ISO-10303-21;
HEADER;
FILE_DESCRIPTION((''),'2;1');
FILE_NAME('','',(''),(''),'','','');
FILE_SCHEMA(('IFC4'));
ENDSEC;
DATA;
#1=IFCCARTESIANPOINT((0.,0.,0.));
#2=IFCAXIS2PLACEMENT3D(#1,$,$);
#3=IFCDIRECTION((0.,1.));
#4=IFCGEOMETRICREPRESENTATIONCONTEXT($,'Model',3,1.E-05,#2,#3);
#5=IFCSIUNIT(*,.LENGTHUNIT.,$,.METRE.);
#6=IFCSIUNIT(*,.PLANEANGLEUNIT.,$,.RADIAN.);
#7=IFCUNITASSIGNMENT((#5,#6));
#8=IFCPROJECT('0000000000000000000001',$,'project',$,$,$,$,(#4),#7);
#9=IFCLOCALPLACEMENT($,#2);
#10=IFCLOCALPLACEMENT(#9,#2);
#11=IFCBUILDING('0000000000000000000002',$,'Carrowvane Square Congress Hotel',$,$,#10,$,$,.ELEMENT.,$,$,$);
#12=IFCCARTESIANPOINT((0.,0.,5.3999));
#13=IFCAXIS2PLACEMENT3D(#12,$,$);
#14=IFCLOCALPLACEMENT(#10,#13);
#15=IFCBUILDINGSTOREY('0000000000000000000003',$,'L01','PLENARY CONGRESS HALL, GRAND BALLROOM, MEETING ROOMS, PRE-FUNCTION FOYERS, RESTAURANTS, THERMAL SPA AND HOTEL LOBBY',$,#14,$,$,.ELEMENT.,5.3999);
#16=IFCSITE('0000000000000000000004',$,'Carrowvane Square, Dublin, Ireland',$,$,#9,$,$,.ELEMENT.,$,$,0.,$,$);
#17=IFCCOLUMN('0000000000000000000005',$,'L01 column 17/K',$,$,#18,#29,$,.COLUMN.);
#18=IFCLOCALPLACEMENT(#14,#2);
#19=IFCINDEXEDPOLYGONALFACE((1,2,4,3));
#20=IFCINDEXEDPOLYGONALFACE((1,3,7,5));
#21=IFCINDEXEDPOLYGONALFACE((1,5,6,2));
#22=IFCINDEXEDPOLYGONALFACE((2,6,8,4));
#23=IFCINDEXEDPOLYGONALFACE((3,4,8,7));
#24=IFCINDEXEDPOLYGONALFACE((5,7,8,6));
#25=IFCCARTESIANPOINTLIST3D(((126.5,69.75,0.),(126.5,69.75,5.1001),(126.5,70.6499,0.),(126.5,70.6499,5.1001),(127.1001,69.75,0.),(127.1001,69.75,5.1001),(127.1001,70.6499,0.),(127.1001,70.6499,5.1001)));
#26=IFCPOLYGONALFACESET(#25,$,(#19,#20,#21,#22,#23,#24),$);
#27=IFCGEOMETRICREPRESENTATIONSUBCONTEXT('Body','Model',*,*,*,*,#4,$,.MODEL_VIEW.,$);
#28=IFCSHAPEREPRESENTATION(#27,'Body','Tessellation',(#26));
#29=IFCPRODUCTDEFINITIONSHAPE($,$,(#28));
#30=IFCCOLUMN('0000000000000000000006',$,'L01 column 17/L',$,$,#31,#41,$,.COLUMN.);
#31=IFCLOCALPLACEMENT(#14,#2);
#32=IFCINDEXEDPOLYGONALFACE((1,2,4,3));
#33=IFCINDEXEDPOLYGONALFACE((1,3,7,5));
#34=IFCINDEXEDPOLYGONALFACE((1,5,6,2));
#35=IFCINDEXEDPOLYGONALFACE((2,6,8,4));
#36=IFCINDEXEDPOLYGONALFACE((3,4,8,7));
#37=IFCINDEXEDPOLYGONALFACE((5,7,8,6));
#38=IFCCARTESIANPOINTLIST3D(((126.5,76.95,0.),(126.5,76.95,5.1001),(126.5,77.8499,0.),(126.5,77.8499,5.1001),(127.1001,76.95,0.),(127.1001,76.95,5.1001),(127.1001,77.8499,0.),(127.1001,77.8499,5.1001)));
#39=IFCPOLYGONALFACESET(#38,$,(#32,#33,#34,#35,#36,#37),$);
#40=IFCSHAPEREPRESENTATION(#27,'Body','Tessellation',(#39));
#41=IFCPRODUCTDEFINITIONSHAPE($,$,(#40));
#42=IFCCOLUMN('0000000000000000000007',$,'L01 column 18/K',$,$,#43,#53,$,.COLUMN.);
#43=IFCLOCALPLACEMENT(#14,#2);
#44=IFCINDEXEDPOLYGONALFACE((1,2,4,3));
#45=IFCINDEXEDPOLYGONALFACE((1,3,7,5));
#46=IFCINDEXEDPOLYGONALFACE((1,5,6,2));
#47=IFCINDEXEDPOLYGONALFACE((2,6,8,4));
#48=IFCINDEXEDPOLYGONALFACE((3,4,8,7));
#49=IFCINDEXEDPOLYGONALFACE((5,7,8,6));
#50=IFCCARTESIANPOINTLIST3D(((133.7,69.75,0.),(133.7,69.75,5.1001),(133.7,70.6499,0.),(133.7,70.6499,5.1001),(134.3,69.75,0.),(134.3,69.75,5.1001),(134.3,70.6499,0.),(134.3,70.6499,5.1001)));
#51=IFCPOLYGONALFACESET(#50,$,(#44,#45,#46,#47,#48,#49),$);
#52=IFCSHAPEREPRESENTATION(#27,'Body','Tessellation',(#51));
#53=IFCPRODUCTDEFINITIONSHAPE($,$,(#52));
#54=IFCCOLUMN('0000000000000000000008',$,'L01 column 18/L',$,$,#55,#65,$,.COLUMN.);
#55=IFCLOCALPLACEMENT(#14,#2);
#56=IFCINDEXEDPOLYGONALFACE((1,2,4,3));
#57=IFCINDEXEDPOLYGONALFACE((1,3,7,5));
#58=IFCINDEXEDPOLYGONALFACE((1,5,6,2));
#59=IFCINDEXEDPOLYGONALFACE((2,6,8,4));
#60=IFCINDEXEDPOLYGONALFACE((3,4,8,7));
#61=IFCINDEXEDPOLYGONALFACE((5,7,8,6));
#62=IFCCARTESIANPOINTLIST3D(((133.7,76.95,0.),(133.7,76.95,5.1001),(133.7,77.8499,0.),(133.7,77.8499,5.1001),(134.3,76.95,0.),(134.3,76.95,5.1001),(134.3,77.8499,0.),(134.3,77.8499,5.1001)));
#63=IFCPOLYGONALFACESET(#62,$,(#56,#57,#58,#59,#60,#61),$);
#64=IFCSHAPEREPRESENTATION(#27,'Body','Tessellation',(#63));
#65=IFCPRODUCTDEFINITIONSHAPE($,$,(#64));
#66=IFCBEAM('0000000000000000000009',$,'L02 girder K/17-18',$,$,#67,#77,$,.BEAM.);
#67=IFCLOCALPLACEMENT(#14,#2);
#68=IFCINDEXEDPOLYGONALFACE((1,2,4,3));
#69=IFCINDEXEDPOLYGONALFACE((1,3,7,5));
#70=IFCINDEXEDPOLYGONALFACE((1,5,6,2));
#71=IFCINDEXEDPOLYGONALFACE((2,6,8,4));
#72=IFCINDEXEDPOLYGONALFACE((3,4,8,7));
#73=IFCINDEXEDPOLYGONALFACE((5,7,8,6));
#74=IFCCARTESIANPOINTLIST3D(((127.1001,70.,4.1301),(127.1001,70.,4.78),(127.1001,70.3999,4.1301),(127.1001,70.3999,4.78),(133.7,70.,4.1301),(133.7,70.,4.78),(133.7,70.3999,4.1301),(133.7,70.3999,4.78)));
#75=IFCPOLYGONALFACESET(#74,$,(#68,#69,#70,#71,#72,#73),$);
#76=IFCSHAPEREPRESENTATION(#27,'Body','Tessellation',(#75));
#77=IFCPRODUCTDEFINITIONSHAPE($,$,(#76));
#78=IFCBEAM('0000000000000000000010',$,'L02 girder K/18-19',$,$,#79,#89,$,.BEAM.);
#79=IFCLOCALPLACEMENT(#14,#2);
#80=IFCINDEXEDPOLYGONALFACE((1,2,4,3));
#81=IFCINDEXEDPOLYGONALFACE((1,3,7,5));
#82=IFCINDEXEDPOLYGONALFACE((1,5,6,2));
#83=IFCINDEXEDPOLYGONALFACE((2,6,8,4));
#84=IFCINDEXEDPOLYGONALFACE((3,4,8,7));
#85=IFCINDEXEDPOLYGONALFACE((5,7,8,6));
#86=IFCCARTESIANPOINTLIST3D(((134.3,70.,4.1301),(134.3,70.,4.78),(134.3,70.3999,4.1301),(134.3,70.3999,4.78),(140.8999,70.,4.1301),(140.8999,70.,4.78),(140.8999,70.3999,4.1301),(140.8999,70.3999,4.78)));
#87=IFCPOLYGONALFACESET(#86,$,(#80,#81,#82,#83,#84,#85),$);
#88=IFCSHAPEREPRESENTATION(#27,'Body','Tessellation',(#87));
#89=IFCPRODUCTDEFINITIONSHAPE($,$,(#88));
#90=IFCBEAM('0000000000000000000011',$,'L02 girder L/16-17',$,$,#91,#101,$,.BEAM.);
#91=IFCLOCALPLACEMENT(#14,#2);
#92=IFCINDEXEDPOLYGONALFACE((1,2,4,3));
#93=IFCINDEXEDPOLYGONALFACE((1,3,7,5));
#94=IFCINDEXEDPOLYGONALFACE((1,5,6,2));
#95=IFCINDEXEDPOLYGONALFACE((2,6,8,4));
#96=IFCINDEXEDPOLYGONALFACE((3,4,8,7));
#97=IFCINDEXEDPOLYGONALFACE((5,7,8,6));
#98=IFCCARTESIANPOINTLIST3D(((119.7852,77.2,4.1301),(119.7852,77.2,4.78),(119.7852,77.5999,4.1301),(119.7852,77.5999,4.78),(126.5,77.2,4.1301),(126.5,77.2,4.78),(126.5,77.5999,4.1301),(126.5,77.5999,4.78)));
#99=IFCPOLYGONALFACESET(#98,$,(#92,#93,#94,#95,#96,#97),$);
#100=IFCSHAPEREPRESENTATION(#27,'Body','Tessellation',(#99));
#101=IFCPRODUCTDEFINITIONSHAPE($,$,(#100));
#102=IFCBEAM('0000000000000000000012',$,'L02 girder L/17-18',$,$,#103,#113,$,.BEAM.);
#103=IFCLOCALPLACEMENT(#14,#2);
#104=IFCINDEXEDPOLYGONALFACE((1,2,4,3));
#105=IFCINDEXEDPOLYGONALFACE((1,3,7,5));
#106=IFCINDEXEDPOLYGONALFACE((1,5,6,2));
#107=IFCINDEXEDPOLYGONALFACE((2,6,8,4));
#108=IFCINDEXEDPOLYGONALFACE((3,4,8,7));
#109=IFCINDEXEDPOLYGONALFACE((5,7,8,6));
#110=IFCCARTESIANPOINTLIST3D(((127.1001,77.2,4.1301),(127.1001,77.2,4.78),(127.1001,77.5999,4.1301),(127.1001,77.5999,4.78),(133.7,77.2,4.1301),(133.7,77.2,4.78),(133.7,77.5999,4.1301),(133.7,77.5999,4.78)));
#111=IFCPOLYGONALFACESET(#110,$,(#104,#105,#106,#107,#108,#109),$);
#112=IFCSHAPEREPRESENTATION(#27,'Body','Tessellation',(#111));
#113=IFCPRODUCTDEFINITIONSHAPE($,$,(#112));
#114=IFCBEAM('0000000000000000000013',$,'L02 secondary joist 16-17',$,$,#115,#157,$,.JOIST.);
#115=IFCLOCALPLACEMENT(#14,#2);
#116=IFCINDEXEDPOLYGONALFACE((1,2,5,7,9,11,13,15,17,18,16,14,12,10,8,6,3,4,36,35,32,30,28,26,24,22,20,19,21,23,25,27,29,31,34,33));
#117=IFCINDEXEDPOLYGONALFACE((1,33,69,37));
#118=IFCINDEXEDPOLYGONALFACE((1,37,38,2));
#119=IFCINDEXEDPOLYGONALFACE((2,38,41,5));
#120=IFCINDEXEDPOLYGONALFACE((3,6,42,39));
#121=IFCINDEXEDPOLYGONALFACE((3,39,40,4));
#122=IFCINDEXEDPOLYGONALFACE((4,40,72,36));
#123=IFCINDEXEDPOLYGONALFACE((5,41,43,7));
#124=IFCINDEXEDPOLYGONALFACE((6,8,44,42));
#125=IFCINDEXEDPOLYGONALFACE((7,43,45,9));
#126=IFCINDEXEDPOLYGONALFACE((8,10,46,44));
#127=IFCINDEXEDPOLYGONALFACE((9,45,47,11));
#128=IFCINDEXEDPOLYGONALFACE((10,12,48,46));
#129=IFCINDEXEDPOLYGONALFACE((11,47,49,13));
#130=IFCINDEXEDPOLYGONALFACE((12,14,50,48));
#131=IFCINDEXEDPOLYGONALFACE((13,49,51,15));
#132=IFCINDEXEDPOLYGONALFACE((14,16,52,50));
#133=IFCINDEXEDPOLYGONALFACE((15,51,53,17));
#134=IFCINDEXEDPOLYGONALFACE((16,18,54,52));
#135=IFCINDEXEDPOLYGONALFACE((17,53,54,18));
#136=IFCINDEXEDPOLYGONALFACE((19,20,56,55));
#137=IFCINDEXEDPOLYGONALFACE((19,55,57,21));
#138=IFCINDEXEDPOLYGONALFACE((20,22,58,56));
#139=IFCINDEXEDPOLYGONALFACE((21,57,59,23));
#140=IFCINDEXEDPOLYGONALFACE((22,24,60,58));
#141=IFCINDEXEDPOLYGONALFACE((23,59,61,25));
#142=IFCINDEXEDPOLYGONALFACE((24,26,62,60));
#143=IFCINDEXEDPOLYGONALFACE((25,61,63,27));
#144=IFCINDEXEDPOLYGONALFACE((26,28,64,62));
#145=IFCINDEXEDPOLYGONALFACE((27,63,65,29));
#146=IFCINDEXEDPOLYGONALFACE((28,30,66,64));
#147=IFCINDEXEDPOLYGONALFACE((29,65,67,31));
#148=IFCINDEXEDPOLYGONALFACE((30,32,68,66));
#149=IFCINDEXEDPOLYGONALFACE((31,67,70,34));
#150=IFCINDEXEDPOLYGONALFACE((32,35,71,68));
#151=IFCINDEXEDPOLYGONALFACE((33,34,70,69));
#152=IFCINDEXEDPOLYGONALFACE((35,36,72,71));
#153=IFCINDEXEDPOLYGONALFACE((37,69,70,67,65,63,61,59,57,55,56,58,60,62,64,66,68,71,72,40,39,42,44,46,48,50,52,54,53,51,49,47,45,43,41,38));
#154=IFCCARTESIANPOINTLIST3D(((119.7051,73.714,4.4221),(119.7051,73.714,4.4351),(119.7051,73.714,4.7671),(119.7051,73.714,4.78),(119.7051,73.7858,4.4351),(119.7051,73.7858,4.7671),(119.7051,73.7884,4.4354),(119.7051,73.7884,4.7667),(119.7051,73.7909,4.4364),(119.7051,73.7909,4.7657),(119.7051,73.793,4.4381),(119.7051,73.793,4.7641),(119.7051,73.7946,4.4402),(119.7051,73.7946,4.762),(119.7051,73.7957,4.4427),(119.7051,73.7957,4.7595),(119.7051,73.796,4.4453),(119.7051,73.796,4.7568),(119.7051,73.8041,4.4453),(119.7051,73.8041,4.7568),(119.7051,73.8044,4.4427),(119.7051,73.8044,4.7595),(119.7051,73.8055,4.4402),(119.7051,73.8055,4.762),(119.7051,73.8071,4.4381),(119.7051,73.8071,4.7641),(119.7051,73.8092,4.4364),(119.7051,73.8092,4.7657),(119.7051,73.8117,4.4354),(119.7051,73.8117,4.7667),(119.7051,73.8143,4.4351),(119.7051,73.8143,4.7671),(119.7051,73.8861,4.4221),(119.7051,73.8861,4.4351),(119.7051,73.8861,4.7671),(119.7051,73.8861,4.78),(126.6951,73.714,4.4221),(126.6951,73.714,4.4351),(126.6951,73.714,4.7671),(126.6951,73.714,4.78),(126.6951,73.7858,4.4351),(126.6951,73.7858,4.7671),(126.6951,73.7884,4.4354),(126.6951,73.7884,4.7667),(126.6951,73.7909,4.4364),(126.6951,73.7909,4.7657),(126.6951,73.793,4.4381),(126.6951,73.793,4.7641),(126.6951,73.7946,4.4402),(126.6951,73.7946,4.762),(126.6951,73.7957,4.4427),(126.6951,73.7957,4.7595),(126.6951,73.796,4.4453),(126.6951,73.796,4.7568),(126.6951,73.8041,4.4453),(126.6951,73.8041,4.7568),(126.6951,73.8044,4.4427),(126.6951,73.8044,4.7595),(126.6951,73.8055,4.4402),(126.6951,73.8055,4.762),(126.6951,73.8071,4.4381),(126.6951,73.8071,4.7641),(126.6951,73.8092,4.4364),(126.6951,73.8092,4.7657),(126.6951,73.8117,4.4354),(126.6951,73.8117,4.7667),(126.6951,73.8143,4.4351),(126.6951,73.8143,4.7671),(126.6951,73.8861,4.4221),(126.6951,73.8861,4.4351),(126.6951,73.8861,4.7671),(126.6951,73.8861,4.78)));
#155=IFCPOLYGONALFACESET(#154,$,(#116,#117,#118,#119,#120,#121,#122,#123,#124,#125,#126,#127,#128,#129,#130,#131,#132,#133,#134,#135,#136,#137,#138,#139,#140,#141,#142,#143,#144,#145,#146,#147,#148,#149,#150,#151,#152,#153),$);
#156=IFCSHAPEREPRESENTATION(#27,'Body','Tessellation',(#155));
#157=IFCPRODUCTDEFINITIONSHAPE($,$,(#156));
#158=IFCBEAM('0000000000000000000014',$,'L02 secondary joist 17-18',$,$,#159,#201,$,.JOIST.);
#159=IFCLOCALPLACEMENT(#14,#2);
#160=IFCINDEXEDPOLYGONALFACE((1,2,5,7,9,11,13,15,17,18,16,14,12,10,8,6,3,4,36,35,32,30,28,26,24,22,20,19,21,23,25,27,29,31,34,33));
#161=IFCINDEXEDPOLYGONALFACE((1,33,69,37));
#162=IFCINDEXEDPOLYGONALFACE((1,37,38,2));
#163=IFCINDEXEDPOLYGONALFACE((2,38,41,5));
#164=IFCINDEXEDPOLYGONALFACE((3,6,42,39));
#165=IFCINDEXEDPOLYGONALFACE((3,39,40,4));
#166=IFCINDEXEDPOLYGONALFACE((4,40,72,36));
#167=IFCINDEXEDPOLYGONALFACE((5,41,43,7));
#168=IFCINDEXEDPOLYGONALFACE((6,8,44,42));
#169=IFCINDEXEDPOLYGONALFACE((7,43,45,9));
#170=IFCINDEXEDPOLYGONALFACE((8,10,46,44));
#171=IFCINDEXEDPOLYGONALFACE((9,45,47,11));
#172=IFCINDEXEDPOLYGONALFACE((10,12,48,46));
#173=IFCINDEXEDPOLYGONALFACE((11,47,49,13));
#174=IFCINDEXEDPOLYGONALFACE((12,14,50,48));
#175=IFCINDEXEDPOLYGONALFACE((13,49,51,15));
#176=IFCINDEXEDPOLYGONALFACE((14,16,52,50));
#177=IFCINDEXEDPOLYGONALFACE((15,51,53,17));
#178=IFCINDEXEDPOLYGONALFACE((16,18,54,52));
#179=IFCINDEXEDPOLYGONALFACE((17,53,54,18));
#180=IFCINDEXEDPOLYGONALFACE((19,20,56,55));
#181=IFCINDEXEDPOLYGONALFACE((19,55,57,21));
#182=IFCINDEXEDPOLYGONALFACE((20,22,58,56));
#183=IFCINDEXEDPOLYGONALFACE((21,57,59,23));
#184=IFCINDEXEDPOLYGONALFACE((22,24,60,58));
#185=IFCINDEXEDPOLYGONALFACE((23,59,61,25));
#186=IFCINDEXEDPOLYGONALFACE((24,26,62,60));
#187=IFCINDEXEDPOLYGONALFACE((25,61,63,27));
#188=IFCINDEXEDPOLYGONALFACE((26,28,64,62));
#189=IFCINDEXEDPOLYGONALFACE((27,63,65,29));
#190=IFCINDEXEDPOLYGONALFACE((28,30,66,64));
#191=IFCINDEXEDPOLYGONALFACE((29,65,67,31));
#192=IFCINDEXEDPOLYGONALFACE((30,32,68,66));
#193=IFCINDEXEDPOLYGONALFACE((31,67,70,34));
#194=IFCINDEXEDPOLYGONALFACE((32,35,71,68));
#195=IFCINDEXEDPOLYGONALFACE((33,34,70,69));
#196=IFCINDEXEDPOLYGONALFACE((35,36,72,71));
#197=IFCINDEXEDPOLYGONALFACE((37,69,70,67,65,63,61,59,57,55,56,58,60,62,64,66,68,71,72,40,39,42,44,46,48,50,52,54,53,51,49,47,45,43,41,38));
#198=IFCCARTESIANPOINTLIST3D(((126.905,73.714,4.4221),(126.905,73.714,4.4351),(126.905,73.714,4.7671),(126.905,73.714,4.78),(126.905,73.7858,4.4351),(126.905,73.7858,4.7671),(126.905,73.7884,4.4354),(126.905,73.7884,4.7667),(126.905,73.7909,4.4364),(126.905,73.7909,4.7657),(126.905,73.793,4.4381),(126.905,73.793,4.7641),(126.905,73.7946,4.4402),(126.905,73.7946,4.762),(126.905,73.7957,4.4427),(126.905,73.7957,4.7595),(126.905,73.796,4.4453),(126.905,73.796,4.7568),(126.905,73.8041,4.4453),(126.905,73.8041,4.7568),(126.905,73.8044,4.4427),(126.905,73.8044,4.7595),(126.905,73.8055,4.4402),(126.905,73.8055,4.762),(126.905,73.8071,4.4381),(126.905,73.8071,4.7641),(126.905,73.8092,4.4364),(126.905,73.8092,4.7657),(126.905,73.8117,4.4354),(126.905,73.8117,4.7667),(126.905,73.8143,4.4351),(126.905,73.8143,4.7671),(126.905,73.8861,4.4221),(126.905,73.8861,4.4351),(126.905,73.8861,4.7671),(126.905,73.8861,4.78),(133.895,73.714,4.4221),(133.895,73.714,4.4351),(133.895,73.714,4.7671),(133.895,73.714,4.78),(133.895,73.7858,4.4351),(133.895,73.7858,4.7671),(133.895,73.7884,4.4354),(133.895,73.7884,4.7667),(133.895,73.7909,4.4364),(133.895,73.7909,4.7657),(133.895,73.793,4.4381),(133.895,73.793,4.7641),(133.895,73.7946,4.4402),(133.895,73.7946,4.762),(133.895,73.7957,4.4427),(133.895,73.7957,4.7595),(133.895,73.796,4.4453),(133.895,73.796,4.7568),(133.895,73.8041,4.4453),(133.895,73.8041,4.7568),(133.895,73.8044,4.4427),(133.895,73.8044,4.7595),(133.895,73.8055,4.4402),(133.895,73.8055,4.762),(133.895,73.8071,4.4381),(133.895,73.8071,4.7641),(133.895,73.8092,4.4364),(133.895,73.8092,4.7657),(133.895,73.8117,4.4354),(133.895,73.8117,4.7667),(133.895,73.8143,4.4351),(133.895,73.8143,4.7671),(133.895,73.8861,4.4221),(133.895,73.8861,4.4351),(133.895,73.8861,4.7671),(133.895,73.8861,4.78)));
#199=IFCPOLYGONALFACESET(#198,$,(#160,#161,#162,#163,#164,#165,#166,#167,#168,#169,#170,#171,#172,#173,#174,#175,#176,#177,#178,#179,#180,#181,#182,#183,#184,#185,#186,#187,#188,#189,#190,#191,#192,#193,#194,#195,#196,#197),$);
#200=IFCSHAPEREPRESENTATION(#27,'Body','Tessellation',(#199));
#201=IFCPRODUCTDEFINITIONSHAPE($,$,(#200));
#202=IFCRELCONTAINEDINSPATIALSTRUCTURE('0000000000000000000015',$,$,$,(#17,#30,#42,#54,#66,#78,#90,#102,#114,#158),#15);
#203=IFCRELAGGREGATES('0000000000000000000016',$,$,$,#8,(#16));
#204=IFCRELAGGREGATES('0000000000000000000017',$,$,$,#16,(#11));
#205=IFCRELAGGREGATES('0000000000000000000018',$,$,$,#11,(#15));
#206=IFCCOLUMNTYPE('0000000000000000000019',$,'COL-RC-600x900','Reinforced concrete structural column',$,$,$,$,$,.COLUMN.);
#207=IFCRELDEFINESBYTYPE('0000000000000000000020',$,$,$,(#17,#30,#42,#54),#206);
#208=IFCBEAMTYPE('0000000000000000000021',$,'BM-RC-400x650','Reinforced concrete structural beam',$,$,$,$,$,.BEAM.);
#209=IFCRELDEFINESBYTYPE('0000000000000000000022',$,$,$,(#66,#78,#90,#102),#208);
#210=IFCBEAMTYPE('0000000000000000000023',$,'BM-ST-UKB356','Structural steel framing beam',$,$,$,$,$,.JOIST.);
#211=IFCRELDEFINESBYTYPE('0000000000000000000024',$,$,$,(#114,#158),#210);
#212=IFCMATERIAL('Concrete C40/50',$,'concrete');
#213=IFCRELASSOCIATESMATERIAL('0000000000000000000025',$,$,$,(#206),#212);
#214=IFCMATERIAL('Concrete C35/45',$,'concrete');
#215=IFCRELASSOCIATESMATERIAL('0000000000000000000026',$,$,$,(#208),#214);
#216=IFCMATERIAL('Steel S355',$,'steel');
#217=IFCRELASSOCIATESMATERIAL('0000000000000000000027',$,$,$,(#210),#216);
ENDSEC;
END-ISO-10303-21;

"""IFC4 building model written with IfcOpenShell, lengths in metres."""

from ifc_helpers import new_model, si_unit, direction, frame, origin, origin_2d, place, context, subcontext, project, spatial, rectangle, i_section, extrude, material, material_profile, profile_set, type_object, element, save


model = new_model("IFC4")

# Units and contexts
model_context = context("Model", 3, precision=1e-05, world=origin(), true_north=direction((0.0, 1.0)))
body_context = subcontext(model_context, "Body", "Model", "MODEL_VIEW")
ifc_project = project(units=[si_unit("LENGTHUNIT", "METRE"), si_unit("PLANEANGLEUNIT", "RADIAN")], contexts=[model_context])

# Site, building, storey
site_placement = place(None, origin())
site = spatial("IfcSite", under=ifc_project, at=site_placement, Name="Carrowvane Square, Dublin, Ireland", CompositionType="ELEMENT", RefElevation=0.0)
building_placement = place(site_placement, origin())
building = spatial("IfcBuilding", under=site, at=building_placement, Name="Carrowvane Square Congress Hotel", CompositionType="ELEMENT")
storey_placement = place(building_placement, frame((0.0, 0.0, 5.3999)))
storey = spatial("IfcBuildingStorey", under=building, at=storey_placement, Name="L01", Description="PLENARY CONGRESS HALL, GRAND BALLROOM, MEETING ROOMS, PRE-FUNCTION FOYERS, RESTAURANTS, THERMAL SPA AND HOTEL LOBBY", CompositionType="ELEMENT", Elevation=5.3999)

# Columns
ifc_material_1 = material(Name="Concrete C40/50", Category="concrete")
ifc_material_profile_1 = material_profile(ifc_material_1, rectangle(XDim=0.6001, YDim=0.8999, at=origin_2d()), Name="RC 600x900")
ifc_profile_set_1 = profile_set([ifc_material_profile_1], Name="Concrete C40/50")
column_type = type_object("IfcColumnType", Name="COL-RC-600x900", Description="Reinforced concrete structural column", PredefinedType="COLUMN", material=ifc_profile_set_1)
for number, where, z_axis, x_axis, name in (
    (1, (126.8, 70.2, 0.0), (0.0, 0.0, 1.0), (1.0, 0.0, 0.0), "L01 column 17/K"),
    (2, (126.8, 77.3999, 0.0), (0.0, 0.0, 1.0), (1.0, 0.0, 0.0), "L01 column 17/L"),
    (3, (134.0, 70.2, 0.0), (0.0, 0.0, 1.0), (1.0, 0.0, 0.0), "L01 column 18/K"),
    (4, (134.0, 77.3999, 0.0), (0.0, 0.0, 1.0), (1.0, 0.0, 0.0), "L01 column 18/L"),
):
    element("IfcColumn", number, at=place(storey_placement, frame(where, z_axis=z_axis, x_axis=x_axis)), inside=storey, type_object=column_type, Name=name, PredefinedType="COLUMN", context=body_context, shape_type="SweptSolid", body=[
        extrude(rectangle(XDim=0.6001, YDim=0.8999, at=origin_2d()), origin(), (0.0, 0.0, 1.0), 5.1001),
    ])

# Beams
ifc_material_2 = material(Name="Concrete C35/45", Category="concrete")
ifc_material_profile_2 = material_profile(ifc_material_2, rectangle(XDim=0.3999, YDim=0.6499, at=origin_2d()), Name="RC 400x650")
ifc_profile_set_2 = profile_set([ifc_material_profile_2], Name="Concrete C35/45")
beam_type_1 = type_object("IfcBeamType", Name="BM-RC-400x650", Description="Reinforced concrete structural beam", PredefinedType="BEAM", material=ifc_profile_set_2)
for number, where, z_axis, x_axis, name in (
    (5, (127.1001, 70.2, 4.4551), (1.0, 0.0, 0.0), (0.0, 1.0, 0.0), "L02 girder K/17-18"),
    (6, (134.3, 70.2, 4.4551), (1.0, 0.0, 0.0), (0.0, 1.0, 0.0), "L02 girder K/18-19"),
):
    element("IfcBeam", number, at=place(storey_placement, frame(where, z_axis=z_axis, x_axis=x_axis)), inside=storey, type_object=beam_type_1, Name=name, PredefinedType="BEAM", context=body_context, shape_type="SweptSolid", body=[
        extrude(rectangle(XDim=0.3999, YDim=0.6499, at=origin_2d()), origin(), (0.0, 0.0, 1.0), 6.5999),
    ])
beam_1_placement = place(storey_placement, frame((119.7852, 77.3999, 4.4551), z_axis=(1.0, 0.0, 0.0), x_axis=(0.0, 1.0, 0.0)))
element("IfcBeam", 7, at=beam_1_placement, inside=storey, type_object=beam_type_1, Name="L02 girder L/16-17", PredefinedType="BEAM", context=body_context, shape_type="SweptSolid", body=[
    extrude(rectangle(XDim=0.3999, YDim=0.6499, at=origin_2d()), origin(), (0.0, 0.0, 1.0), 6.7148),
])
beam_2_placement = place(storey_placement, frame((127.1001, 77.3999, 4.4551), z_axis=(1.0, 0.0, 0.0), x_axis=(0.0, 1.0, 0.0)))
element("IfcBeam", 8, at=beam_2_placement, inside=storey, type_object=beam_type_1, Name="L02 girder L/17-18", PredefinedType="BEAM", context=body_context, shape_type="SweptSolid", body=[
    extrude(rectangle(XDim=0.3999, YDim=0.6499, at=origin_2d()), origin(), (0.0, 0.0, 1.0), 6.5999),
])
ifc_material_3 = material(Name="Steel S355", Category="steel")
ifc_material_profile_3 = material_profile(ifc_material_3, i_section(OverallWidth=0.1721, OverallDepth=0.3579, WebThickness=0.0081, FlangeThickness=0.0129, FilletRadius=0.0103, at=origin_2d()), Name="UKB 356x171x57")
ifc_profile_set_3 = profile_set([ifc_material_profile_3], Name="Steel S355")
beam_type_2 = type_object("IfcBeamType", Name="BM-ST-UKB356", Description="Structural steel framing beam", PredefinedType="JOIST", material=ifc_profile_set_3)
for number, where, z_axis, x_axis, name in (
    (9, (119.7051, 73.8, 4.6011), (1.0, 0.0, 0.0), (0.0, 1.0, 0.0), "L02 secondary joist 16-17"),
    (10, (126.905, 73.8, 4.6011), (1.0, 0.0, 0.0), (0.0, 1.0, 0.0), "L02 secondary joist 17-18"),
):
    element("IfcBeam", number, at=place(storey_placement, frame(where, z_axis=z_axis, x_axis=x_axis)), inside=storey, type_object=beam_type_2, Name=name, PredefinedType="JOIST", context=body_context, shape_type="SweptSolid", body=[
        extrude(i_section(OverallWidth=0.1721, OverallDepth=0.3579, WebThickness=0.0081, FlangeThickness=0.0129, FilletRadius=0.0103, at=origin_2d()), origin(), (0.0, 0.0, 1.0), 6.99),
    ])

save(model, "model.ifc")
